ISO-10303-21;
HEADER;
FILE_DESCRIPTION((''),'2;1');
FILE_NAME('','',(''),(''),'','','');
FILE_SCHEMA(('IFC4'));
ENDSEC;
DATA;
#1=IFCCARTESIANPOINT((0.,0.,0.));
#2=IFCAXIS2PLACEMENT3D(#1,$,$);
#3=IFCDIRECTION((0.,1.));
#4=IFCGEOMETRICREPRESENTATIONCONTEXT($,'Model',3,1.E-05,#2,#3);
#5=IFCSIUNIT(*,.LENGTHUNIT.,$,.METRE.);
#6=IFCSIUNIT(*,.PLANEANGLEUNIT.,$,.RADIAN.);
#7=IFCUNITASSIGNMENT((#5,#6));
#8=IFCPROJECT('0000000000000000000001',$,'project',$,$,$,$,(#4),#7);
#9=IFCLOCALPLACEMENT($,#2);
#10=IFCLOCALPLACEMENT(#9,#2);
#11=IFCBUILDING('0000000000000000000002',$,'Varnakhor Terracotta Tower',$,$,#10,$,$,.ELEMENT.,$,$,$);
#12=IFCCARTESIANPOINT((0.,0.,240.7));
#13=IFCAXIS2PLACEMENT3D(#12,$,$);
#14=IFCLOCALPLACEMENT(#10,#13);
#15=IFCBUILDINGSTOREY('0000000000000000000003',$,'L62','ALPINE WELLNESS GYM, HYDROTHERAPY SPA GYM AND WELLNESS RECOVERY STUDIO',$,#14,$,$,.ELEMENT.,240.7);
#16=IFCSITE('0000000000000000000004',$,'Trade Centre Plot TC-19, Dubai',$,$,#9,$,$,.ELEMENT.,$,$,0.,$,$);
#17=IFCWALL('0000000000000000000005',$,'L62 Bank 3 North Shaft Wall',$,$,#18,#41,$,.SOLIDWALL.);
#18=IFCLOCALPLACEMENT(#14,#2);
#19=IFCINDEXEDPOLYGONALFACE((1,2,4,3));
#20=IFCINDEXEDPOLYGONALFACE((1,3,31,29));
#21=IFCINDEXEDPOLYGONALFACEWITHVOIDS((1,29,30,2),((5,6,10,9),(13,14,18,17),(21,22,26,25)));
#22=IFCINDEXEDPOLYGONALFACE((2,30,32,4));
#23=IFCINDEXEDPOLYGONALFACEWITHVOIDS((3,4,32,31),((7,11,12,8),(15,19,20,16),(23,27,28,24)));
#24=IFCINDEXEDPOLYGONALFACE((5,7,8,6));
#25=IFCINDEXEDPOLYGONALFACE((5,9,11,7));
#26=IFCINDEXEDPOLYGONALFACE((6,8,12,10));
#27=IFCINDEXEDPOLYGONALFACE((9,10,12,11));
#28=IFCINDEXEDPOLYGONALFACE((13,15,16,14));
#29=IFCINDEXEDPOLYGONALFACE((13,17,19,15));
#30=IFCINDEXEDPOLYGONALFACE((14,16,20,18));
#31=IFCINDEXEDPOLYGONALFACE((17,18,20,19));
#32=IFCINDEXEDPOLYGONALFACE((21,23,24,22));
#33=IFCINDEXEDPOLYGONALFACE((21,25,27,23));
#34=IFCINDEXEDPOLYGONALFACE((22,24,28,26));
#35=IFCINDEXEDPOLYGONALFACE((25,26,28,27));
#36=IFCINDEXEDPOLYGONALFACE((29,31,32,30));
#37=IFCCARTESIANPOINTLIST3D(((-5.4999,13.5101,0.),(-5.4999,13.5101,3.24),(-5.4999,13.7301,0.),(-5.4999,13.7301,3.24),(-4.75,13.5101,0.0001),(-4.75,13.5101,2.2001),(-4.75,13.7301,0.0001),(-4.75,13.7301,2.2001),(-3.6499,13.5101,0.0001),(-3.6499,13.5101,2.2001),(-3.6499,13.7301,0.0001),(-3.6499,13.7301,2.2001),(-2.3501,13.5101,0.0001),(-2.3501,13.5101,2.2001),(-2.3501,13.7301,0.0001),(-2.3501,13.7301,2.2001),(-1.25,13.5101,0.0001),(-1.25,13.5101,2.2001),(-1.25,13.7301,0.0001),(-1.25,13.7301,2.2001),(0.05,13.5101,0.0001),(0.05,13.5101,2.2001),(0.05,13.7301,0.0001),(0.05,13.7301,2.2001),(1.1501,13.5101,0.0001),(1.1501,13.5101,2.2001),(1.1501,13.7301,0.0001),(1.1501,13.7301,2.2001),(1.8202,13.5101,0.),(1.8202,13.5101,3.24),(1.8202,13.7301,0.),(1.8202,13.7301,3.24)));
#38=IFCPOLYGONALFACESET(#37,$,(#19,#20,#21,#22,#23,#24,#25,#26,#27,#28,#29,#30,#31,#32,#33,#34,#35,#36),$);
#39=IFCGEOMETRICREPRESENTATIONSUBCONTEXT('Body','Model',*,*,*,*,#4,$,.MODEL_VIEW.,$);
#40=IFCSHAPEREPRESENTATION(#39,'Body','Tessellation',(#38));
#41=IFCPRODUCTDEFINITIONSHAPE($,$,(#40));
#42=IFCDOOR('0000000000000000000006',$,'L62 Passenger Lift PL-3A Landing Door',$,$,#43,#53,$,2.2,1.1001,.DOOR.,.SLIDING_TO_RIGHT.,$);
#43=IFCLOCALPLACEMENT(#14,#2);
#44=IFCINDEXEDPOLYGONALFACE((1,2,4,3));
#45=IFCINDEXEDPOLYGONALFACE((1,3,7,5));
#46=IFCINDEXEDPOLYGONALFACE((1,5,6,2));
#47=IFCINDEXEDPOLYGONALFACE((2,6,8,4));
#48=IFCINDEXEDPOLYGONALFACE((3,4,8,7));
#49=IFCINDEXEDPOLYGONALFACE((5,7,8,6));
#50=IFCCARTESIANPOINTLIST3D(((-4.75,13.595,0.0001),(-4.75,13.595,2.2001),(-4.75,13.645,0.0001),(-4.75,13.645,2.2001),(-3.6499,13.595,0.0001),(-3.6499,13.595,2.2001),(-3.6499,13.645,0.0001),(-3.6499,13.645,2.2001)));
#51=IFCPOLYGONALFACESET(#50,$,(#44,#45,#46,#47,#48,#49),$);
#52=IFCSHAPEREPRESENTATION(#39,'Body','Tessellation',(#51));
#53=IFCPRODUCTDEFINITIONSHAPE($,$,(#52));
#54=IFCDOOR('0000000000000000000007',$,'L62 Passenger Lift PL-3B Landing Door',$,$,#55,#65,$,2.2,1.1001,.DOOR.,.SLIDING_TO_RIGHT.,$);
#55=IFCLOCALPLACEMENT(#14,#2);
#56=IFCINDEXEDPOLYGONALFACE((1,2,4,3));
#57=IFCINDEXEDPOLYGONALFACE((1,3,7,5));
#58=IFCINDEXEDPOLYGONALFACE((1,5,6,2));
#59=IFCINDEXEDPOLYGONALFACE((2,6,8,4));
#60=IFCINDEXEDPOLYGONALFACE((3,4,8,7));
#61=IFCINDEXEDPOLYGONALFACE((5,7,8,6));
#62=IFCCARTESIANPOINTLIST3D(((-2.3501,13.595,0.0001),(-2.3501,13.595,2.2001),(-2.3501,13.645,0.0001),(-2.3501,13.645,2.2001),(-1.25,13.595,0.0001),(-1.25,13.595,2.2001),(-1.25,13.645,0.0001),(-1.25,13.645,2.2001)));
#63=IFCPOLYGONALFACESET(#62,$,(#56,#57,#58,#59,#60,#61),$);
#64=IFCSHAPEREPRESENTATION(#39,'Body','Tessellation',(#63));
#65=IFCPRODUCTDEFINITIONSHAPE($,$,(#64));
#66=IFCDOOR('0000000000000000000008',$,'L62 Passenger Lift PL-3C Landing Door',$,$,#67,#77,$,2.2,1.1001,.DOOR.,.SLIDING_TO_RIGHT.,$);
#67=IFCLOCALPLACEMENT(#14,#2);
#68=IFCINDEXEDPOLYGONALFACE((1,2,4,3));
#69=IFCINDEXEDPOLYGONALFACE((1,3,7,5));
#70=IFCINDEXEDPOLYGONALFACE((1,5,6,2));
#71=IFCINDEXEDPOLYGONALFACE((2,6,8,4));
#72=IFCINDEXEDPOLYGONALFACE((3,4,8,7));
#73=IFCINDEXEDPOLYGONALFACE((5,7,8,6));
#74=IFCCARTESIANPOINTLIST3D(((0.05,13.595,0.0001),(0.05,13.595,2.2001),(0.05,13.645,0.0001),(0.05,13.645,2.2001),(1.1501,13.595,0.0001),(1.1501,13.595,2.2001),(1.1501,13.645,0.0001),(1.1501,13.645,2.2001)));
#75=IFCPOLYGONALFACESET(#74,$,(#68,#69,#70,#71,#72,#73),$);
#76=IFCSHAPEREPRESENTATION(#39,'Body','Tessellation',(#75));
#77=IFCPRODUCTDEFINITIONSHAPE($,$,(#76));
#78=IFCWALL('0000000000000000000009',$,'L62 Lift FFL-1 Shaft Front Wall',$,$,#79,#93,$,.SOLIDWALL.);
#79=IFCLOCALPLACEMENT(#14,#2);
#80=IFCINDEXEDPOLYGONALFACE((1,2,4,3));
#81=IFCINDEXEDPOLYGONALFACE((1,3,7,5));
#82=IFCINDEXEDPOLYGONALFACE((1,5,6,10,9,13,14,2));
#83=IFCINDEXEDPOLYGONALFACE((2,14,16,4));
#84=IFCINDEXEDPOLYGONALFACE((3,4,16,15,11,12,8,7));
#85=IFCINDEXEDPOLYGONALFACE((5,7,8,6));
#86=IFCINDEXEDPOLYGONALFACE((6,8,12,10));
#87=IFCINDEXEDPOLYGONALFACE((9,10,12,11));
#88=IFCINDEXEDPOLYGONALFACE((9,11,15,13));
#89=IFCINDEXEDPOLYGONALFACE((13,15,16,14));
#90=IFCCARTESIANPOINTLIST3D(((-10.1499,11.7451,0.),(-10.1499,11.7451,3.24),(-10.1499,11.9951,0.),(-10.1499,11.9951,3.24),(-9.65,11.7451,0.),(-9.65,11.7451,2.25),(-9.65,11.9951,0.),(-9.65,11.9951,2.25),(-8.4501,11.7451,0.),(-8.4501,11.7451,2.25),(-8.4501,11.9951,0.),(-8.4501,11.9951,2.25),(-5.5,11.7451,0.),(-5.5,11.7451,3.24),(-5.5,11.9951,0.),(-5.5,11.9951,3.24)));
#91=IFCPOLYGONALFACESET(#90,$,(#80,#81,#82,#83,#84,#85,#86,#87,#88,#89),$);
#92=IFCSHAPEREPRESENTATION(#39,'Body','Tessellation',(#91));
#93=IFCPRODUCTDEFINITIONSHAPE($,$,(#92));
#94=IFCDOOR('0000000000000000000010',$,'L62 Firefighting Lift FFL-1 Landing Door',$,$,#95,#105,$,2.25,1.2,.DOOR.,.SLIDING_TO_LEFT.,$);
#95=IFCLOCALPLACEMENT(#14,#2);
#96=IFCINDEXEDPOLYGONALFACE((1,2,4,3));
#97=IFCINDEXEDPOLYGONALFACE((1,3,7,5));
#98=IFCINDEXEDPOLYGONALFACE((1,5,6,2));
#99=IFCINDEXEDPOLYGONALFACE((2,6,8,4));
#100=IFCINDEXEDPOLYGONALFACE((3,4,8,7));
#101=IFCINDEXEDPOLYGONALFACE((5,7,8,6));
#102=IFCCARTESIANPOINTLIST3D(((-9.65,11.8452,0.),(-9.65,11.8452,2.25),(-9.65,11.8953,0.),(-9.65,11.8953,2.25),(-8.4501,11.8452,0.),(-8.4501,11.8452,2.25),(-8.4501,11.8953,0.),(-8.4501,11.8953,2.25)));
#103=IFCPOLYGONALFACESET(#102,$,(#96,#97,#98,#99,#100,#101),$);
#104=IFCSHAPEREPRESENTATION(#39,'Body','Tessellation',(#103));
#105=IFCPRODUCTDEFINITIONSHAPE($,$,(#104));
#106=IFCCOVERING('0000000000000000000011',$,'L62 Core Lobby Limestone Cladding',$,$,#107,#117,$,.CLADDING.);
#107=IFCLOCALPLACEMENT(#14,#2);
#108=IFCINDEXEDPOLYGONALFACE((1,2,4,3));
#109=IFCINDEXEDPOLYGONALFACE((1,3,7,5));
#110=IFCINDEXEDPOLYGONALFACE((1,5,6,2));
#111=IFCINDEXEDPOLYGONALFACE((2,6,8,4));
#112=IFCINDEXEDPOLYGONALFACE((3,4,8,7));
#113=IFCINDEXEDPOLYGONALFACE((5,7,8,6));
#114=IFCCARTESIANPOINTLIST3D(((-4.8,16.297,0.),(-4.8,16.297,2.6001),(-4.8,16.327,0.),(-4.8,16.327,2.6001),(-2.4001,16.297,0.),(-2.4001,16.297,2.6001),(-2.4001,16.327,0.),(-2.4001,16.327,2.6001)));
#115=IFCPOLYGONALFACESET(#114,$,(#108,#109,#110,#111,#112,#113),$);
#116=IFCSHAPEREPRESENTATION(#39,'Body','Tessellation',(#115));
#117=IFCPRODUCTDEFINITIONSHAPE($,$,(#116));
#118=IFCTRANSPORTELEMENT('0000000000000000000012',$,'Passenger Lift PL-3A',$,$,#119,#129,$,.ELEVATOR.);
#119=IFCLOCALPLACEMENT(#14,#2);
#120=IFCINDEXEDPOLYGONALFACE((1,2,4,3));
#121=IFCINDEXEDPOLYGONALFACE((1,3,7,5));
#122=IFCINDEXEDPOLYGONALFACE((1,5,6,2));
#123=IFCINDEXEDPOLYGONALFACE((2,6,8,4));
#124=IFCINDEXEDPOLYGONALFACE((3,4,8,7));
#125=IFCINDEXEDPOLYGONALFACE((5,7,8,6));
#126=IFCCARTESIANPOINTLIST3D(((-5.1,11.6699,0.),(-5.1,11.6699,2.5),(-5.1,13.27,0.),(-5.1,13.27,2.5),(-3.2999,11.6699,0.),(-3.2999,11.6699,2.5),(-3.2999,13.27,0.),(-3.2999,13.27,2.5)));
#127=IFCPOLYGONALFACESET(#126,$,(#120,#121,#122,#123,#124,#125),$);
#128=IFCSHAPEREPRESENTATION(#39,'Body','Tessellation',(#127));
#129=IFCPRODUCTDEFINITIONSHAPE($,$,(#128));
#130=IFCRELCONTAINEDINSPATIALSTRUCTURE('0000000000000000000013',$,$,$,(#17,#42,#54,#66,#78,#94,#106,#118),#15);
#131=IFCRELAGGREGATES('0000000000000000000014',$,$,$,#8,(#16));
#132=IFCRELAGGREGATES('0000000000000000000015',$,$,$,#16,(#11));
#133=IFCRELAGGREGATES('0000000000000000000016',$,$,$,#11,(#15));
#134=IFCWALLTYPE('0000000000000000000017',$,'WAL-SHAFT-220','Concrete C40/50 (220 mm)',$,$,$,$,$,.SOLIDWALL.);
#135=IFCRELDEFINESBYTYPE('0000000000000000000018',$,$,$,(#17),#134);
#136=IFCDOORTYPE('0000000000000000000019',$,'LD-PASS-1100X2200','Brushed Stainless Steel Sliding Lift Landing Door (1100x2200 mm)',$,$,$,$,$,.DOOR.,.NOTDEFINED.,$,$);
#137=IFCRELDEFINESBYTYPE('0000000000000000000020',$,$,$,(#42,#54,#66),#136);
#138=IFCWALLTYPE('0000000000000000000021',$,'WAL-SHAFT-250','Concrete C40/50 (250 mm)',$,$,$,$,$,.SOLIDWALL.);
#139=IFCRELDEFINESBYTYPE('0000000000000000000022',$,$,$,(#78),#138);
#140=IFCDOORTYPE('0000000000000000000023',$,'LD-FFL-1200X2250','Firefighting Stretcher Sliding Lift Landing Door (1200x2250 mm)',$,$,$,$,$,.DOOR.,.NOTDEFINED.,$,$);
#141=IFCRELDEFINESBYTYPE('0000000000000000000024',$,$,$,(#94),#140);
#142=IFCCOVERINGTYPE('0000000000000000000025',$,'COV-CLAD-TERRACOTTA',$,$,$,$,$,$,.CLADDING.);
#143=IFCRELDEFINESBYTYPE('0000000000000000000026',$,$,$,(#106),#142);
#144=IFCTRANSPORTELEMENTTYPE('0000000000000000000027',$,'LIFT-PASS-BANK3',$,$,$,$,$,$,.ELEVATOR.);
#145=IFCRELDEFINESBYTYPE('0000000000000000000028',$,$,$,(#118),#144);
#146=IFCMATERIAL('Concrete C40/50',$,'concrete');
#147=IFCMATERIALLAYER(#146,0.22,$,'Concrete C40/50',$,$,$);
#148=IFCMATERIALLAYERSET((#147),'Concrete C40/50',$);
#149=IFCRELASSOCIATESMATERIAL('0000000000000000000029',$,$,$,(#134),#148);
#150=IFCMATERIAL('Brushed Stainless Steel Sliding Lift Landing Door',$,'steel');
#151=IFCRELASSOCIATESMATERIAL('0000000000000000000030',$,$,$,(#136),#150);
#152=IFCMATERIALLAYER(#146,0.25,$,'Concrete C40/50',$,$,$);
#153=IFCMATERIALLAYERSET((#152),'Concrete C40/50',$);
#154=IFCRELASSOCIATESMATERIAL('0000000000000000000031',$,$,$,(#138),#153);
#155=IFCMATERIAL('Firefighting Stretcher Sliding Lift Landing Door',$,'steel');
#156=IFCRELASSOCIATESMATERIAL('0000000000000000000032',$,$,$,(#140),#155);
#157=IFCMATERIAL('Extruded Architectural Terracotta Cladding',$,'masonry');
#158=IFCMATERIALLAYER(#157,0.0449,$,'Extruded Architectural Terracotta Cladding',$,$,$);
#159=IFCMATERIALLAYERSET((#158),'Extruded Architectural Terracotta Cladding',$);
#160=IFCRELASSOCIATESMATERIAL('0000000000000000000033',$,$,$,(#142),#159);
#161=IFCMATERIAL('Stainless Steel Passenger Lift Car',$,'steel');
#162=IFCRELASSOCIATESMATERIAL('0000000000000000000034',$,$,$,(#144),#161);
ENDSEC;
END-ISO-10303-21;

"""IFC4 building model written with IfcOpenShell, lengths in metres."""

from ifc_helpers import new_model, si_unit, direction, frame, frame_2d, origin, origin_2d, place, context, subcontext, project, spatial, rectangle, extrude, source, transform, mapped, material, layer, layer_set, type_object, type_shapes, element, fill, save


model = new_model("IFC4")

# Units and contexts
model_context = context("Model", 3, precision=1e-05, world=origin(), true_north=direction((0.0, 1.0)))
body_context = subcontext(model_context, "Body", "Model", "MODEL_VIEW")
ifc_project = project(units=[si_unit("LENGTHUNIT", "METRE"), si_unit("PLANEANGLEUNIT", "RADIAN")], contexts=[model_context])

# Site, building, storey
site_placement = place(None, origin())
site = spatial("IfcSite", under=ifc_project, at=site_placement, Name="Trade Centre Plot TC-19, Dubai", CompositionType="ELEMENT", RefElevation=0.0)
building_placement = place(site_placement, origin())
building = spatial("IfcBuilding", under=site, at=building_placement, Name="Varnakhor Terracotta Tower", CompositionType="ELEMENT")
storey_placement = place(building_placement, frame((0.0, 0.0, 240.7)))
storey = spatial("IfcBuildingStorey", under=building, at=storey_placement, Name="L62", Description="ALPINE WELLNESS GYM, HYDROTHERAPY SPA GYM AND WELLNESS RECOVERY STUDIO", CompositionType="ELEMENT", Elevation=240.7)

# Shared definitions
ifc_material_1 = material(Name="Concrete C40/50", Category="concrete")
ifc_layer_1 = layer(ifc_material_1, 0.22, Name="Concrete C40/50")
ifc_layer_set_1 = layer_set([ifc_layer_1], Name="Concrete C40/50")
wall_type_1 = type_object("IfcWallType", Name="WAL-SHAFT-220", Description="Concrete C40/50 (220 mm)", PredefinedType="SOLIDWALL", material=ifc_layer_set_1)

# Wall, openings, doors
wall_1_placement = place(storey_placement, frame((-5.5, 13.6201, 0.0), z_axis=(0.0, 0.0, 1.0), x_axis=(1.0, 0.0, 0.0)))
wall_1 = element("IfcWall", 1, at=wall_1_placement, inside=storey, type_object=wall_type_1, Name="L62 Bank 3 North Shaft Wall", PredefinedType="SOLIDWALL", context=body_context, shape_type="SweptSolid", body=[
    extrude(rectangle(XDim=7.3201, YDim=0.22, at=frame_2d((3.6602, 0.0))), origin(), (0.0, 0.0, 1.0), 3.24),
])
opening_1_placement = place(wall_1_placement, frame((0.75, 0.0, 0.0)))
opening_1 = element("IfcOpeningElement", 2, at=opening_1_placement, cuts=wall_1, PredefinedType="OPENING", context=body_context, shape_type="SweptSolid", body=[
    extrude(rectangle(XDim=1.1001, YDim=2.2, at=frame_2d((0.55, 1.1001))), frame((0.0, 0.1201, 0.0), z_axis=(0.0, -1.0, 0.0), x_axis=(1.0, 0.0, 0.0)), (0.0, 0.0, 1.0), 0.24),
])
opening_2_placement = place(wall_1_placement, frame((3.1499, 0.0, 0.0)))
opening_2 = element("IfcOpeningElement", 3, at=opening_2_placement, cuts=wall_1, PredefinedType="OPENING", context=body_context, shape_type="SweptSolid", body=[
    extrude(rectangle(XDim=1.1001, YDim=2.2, at=frame_2d((0.55, 1.1001))), frame((0.0, 0.1201, 0.0), z_axis=(0.0, -1.0, 0.0), x_axis=(1.0, 0.0, 0.0)), (0.0, 0.0, 1.0), 0.24),
])
opening_3_placement = place(wall_1_placement, frame((5.55, 0.0, 0.0)))
opening_3 = element("IfcOpeningElement", 4, at=opening_3_placement, cuts=wall_1, PredefinedType="OPENING", context=body_context, shape_type="SweptSolid", body=[
    extrude(rectangle(XDim=1.1001, YDim=2.2, at=frame_2d((0.55, 1.1001))), frame((0.0, 0.1201, 0.0), z_axis=(0.0, -1.0, 0.0), x_axis=(1.0, 0.0, 0.0)), (0.0, 0.0, 1.0), 0.24),
])
ifc_material_2 = material(Name="Brushed Stainless Steel Sliding Lift Landing Door", Category="steel")
door_type_1 = type_object("IfcDoorType", Name="LD-PASS-1100X2200", Description="Brushed Stainless Steel Sliding Lift Landing Door (1100x2200 mm)", OperationType="NOTDEFINED", PredefinedType="DOOR", material=ifc_material_2)
shared_shape_1 = source(origin(), body_context, "Body", "SweptSolid", [
    extrude(rectangle(XDim=1.1001, YDim=2.2, at=frame_2d((0.55, 1.1001))), frame((0.0, 0.0249, 0.0), z_axis=(0.0, -1.0, 0.0), x_axis=(1.0, 0.0, 0.0)), (0.0, 0.0, 1.0), 0.05),
])
type_shapes(door_type_1, [shared_shape_1])
door_1_placement = place(opening_1_placement, origin())
door_1 = element("IfcDoor", 5, at=door_1_placement, inside=storey, type_object=door_type_1, Name="L62 Passenger Lift PL-3A Landing Door", OperationType="SLIDING_TO_RIGHT", OverallHeight=2.2, OverallWidth=1.1001, PredefinedType="DOOR", context=body_context, shape_type="MappedRepresentation", body=[
    mapped(shared_shape_1, transform((0.0, 0.0, 0.0), scale=1.0)),
])
fill(opening_1, door_1)
door_2_placement = place(opening_2_placement, origin())
door_2 = element("IfcDoor", 6, at=door_2_placement, inside=storey, type_object=door_type_1, Name="L62 Passenger Lift PL-3B Landing Door", OperationType="SLIDING_TO_RIGHT", OverallHeight=2.2, OverallWidth=1.1001, PredefinedType="DOOR", context=body_context, shape_type="MappedRepresentation", body=[
    mapped(shared_shape_1, transform((0.0, 0.0, 0.0), scale=1.0)),
])
fill(opening_2, door_2)
door_3_placement = place(opening_3_placement, origin())
door_3 = element("IfcDoor", 7, at=door_3_placement, inside=storey, type_object=door_type_1, Name="L62 Passenger Lift PL-3C Landing Door", OperationType="SLIDING_TO_RIGHT", OverallHeight=2.2, OverallWidth=1.1001, PredefinedType="DOOR", context=body_context, shape_type="MappedRepresentation", body=[
    mapped(shared_shape_1, transform((0.0, 0.0, 0.0), scale=1.0)),
])
fill(opening_3, door_3)

# Wall, opening, door
ifc_layer_2 = layer(ifc_material_1, 0.25, Name="Concrete C40/50")
ifc_layer_set_2 = layer_set([ifc_layer_2], Name="Concrete C40/50")
wall_type_2 = type_object("IfcWallType", Name="WAL-SHAFT-250", Description="Concrete C40/50 (250 mm)", PredefinedType="SOLIDWALL", material=ifc_layer_set_2)
wall_2_placement = place(storey_placement, frame((-5.5, 11.8701, 0.0), z_axis=(0.0, 0.0, 1.0), x_axis=(-1.0, 0.0, 0.0)))
wall_2 = element("IfcWall", 8, at=wall_2_placement, inside=storey, type_object=wall_type_2, Name="L62 Lift FFL-1 Shaft Front Wall", PredefinedType="SOLIDWALL", context=body_context, shape_type="SweptSolid", body=[
    extrude(rectangle(XDim=4.6499, YDim=0.25, at=frame_2d((2.325, 0.0))), origin(), (0.0, 0.0, 1.0), 3.24),
])
opening_4_placement = place(wall_2_placement, frame((2.95, 0.0, 0.0)))
opening_4 = element("IfcOpeningElement", 9, at=opening_4_placement, cuts=wall_2, PredefinedType="OPENING", context=body_context, shape_type="SweptSolid", body=[
    extrude(rectangle(XDim=1.2, YDim=2.25, at=frame_2d((0.6001, 1.125))), frame((0.0, 0.135, 0.0), z_axis=(0.0, -1.0, 0.0), x_axis=(1.0, 0.0, 0.0)), (0.0, 0.0, 1.0), 0.27),
])
ifc_material_3 = material(Name="Firefighting Stretcher Sliding Lift Landing Door", Category="steel")
door_type_2 = type_object("IfcDoorType", Name="LD-FFL-1200X2250", Description="Firefighting Stretcher Sliding Lift Landing Door (1200x2250 mm)", OperationType="NOTDEFINED", PredefinedType="DOOR", material=ifc_material_3)
shared_shape_2 = source(origin(), body_context, "Body", "SweptSolid", [
    extrude(rectangle(XDim=1.2, YDim=2.25, at=frame_2d((0.6001, 1.125))), frame((0.0, 0.0249, 0.0), z_axis=(0.0, -1.0, 0.0), x_axis=(1.0, 0.0, 0.0)), (0.0, 0.0, 1.0), 0.05),
])
type_shapes(door_type_2, [shared_shape_2])
door_4_placement = place(opening_4_placement, origin())
door_4 = element("IfcDoor", 10, at=door_4_placement, inside=storey, type_object=door_type_2, Name="L62 Firefighting Lift FFL-1 Landing Door", OperationType="SLIDING_TO_LEFT", OverallHeight=2.25, OverallWidth=1.2, PredefinedType="DOOR", context=body_context, shape_type="MappedRepresentation", body=[
    mapped(shared_shape_2, transform((0.0, 0.0, 0.0), scale=1.0)),
])
fill(opening_4, door_4)

# Covering
ifc_material_4 = material(Name="Extruded Architectural Terracotta Cladding", Category="masonry")
ifc_layer_3 = layer(ifc_material_4, 0.0449, Name="Extruded Architectural Terracotta Cladding")
ifc_layer_set_3 = layer_set([ifc_layer_3], Name="Extruded Architectural Terracotta Cladding")
covering_type = type_object("IfcCoveringType", Name="COV-CLAD-TERRACOTTA", PredefinedType="CLADDING", material=ifc_layer_set_3)
shared_shape_3 = source(origin(), body_context, "Body", "SweptSolid", [
    extrude(rectangle(XDim=2.3999, YDim=0.03, at=origin_2d()), origin(), (0.0, 0.0, 1.0), 2.6001),
])
type_shapes(covering_type, [shared_shape_3])
covering_placement = place(storey_placement, frame((-3.6001, 16.312, 0.0), z_axis=(0.0, 0.0, 1.0), x_axis=(1.0, 0.0, 0.0)))
element("IfcCovering", 11, at=covering_placement, inside=storey, type_object=covering_type, Name="L62 Core Lobby Limestone Cladding", PredefinedType="CLADDING", context=body_context, shape_type="MappedRepresentation", body=[
    mapped(shared_shape_3, transform((0.0, 0.0, 0.0), scale=1.0)),
])

# Transport element
ifc_material_5 = material(Name="Stainless Steel Passenger Lift Car", Category="steel")
transport_element_type = type_object("IfcTransportElementType", Name="LIFT-PASS-BANK3", PredefinedType="ELEVATOR", material=ifc_material_5)
shared_shape_4 = source(origin(), body_context, "Body", "SweptSolid", [
    extrude(rectangle(XDim=1.8, YDim=1.6001, at=origin_2d()), origin(), (0.0, 0.0, 1.0), 2.5),
])
type_shapes(transport_element_type, [shared_shape_4])
transport_element_placement = place(storey_placement, frame((-4.2, 12.47, 0.0), z_axis=(0.0, 0.0, 1.0), x_axis=(1.0, 0.0, 0.0)))
element("IfcTransportElement", 12, at=transport_element_placement, inside=storey, type_object=transport_element_type, Name="Passenger Lift PL-3A", PredefinedType="ELEVATOR", context=body_context, shape_type="MappedRepresentation", body=[
    mapped(shared_shape_4, transform((0.0, 0.0, 0.0), scale=1.0)),
])

save(model, "model.ifc")
